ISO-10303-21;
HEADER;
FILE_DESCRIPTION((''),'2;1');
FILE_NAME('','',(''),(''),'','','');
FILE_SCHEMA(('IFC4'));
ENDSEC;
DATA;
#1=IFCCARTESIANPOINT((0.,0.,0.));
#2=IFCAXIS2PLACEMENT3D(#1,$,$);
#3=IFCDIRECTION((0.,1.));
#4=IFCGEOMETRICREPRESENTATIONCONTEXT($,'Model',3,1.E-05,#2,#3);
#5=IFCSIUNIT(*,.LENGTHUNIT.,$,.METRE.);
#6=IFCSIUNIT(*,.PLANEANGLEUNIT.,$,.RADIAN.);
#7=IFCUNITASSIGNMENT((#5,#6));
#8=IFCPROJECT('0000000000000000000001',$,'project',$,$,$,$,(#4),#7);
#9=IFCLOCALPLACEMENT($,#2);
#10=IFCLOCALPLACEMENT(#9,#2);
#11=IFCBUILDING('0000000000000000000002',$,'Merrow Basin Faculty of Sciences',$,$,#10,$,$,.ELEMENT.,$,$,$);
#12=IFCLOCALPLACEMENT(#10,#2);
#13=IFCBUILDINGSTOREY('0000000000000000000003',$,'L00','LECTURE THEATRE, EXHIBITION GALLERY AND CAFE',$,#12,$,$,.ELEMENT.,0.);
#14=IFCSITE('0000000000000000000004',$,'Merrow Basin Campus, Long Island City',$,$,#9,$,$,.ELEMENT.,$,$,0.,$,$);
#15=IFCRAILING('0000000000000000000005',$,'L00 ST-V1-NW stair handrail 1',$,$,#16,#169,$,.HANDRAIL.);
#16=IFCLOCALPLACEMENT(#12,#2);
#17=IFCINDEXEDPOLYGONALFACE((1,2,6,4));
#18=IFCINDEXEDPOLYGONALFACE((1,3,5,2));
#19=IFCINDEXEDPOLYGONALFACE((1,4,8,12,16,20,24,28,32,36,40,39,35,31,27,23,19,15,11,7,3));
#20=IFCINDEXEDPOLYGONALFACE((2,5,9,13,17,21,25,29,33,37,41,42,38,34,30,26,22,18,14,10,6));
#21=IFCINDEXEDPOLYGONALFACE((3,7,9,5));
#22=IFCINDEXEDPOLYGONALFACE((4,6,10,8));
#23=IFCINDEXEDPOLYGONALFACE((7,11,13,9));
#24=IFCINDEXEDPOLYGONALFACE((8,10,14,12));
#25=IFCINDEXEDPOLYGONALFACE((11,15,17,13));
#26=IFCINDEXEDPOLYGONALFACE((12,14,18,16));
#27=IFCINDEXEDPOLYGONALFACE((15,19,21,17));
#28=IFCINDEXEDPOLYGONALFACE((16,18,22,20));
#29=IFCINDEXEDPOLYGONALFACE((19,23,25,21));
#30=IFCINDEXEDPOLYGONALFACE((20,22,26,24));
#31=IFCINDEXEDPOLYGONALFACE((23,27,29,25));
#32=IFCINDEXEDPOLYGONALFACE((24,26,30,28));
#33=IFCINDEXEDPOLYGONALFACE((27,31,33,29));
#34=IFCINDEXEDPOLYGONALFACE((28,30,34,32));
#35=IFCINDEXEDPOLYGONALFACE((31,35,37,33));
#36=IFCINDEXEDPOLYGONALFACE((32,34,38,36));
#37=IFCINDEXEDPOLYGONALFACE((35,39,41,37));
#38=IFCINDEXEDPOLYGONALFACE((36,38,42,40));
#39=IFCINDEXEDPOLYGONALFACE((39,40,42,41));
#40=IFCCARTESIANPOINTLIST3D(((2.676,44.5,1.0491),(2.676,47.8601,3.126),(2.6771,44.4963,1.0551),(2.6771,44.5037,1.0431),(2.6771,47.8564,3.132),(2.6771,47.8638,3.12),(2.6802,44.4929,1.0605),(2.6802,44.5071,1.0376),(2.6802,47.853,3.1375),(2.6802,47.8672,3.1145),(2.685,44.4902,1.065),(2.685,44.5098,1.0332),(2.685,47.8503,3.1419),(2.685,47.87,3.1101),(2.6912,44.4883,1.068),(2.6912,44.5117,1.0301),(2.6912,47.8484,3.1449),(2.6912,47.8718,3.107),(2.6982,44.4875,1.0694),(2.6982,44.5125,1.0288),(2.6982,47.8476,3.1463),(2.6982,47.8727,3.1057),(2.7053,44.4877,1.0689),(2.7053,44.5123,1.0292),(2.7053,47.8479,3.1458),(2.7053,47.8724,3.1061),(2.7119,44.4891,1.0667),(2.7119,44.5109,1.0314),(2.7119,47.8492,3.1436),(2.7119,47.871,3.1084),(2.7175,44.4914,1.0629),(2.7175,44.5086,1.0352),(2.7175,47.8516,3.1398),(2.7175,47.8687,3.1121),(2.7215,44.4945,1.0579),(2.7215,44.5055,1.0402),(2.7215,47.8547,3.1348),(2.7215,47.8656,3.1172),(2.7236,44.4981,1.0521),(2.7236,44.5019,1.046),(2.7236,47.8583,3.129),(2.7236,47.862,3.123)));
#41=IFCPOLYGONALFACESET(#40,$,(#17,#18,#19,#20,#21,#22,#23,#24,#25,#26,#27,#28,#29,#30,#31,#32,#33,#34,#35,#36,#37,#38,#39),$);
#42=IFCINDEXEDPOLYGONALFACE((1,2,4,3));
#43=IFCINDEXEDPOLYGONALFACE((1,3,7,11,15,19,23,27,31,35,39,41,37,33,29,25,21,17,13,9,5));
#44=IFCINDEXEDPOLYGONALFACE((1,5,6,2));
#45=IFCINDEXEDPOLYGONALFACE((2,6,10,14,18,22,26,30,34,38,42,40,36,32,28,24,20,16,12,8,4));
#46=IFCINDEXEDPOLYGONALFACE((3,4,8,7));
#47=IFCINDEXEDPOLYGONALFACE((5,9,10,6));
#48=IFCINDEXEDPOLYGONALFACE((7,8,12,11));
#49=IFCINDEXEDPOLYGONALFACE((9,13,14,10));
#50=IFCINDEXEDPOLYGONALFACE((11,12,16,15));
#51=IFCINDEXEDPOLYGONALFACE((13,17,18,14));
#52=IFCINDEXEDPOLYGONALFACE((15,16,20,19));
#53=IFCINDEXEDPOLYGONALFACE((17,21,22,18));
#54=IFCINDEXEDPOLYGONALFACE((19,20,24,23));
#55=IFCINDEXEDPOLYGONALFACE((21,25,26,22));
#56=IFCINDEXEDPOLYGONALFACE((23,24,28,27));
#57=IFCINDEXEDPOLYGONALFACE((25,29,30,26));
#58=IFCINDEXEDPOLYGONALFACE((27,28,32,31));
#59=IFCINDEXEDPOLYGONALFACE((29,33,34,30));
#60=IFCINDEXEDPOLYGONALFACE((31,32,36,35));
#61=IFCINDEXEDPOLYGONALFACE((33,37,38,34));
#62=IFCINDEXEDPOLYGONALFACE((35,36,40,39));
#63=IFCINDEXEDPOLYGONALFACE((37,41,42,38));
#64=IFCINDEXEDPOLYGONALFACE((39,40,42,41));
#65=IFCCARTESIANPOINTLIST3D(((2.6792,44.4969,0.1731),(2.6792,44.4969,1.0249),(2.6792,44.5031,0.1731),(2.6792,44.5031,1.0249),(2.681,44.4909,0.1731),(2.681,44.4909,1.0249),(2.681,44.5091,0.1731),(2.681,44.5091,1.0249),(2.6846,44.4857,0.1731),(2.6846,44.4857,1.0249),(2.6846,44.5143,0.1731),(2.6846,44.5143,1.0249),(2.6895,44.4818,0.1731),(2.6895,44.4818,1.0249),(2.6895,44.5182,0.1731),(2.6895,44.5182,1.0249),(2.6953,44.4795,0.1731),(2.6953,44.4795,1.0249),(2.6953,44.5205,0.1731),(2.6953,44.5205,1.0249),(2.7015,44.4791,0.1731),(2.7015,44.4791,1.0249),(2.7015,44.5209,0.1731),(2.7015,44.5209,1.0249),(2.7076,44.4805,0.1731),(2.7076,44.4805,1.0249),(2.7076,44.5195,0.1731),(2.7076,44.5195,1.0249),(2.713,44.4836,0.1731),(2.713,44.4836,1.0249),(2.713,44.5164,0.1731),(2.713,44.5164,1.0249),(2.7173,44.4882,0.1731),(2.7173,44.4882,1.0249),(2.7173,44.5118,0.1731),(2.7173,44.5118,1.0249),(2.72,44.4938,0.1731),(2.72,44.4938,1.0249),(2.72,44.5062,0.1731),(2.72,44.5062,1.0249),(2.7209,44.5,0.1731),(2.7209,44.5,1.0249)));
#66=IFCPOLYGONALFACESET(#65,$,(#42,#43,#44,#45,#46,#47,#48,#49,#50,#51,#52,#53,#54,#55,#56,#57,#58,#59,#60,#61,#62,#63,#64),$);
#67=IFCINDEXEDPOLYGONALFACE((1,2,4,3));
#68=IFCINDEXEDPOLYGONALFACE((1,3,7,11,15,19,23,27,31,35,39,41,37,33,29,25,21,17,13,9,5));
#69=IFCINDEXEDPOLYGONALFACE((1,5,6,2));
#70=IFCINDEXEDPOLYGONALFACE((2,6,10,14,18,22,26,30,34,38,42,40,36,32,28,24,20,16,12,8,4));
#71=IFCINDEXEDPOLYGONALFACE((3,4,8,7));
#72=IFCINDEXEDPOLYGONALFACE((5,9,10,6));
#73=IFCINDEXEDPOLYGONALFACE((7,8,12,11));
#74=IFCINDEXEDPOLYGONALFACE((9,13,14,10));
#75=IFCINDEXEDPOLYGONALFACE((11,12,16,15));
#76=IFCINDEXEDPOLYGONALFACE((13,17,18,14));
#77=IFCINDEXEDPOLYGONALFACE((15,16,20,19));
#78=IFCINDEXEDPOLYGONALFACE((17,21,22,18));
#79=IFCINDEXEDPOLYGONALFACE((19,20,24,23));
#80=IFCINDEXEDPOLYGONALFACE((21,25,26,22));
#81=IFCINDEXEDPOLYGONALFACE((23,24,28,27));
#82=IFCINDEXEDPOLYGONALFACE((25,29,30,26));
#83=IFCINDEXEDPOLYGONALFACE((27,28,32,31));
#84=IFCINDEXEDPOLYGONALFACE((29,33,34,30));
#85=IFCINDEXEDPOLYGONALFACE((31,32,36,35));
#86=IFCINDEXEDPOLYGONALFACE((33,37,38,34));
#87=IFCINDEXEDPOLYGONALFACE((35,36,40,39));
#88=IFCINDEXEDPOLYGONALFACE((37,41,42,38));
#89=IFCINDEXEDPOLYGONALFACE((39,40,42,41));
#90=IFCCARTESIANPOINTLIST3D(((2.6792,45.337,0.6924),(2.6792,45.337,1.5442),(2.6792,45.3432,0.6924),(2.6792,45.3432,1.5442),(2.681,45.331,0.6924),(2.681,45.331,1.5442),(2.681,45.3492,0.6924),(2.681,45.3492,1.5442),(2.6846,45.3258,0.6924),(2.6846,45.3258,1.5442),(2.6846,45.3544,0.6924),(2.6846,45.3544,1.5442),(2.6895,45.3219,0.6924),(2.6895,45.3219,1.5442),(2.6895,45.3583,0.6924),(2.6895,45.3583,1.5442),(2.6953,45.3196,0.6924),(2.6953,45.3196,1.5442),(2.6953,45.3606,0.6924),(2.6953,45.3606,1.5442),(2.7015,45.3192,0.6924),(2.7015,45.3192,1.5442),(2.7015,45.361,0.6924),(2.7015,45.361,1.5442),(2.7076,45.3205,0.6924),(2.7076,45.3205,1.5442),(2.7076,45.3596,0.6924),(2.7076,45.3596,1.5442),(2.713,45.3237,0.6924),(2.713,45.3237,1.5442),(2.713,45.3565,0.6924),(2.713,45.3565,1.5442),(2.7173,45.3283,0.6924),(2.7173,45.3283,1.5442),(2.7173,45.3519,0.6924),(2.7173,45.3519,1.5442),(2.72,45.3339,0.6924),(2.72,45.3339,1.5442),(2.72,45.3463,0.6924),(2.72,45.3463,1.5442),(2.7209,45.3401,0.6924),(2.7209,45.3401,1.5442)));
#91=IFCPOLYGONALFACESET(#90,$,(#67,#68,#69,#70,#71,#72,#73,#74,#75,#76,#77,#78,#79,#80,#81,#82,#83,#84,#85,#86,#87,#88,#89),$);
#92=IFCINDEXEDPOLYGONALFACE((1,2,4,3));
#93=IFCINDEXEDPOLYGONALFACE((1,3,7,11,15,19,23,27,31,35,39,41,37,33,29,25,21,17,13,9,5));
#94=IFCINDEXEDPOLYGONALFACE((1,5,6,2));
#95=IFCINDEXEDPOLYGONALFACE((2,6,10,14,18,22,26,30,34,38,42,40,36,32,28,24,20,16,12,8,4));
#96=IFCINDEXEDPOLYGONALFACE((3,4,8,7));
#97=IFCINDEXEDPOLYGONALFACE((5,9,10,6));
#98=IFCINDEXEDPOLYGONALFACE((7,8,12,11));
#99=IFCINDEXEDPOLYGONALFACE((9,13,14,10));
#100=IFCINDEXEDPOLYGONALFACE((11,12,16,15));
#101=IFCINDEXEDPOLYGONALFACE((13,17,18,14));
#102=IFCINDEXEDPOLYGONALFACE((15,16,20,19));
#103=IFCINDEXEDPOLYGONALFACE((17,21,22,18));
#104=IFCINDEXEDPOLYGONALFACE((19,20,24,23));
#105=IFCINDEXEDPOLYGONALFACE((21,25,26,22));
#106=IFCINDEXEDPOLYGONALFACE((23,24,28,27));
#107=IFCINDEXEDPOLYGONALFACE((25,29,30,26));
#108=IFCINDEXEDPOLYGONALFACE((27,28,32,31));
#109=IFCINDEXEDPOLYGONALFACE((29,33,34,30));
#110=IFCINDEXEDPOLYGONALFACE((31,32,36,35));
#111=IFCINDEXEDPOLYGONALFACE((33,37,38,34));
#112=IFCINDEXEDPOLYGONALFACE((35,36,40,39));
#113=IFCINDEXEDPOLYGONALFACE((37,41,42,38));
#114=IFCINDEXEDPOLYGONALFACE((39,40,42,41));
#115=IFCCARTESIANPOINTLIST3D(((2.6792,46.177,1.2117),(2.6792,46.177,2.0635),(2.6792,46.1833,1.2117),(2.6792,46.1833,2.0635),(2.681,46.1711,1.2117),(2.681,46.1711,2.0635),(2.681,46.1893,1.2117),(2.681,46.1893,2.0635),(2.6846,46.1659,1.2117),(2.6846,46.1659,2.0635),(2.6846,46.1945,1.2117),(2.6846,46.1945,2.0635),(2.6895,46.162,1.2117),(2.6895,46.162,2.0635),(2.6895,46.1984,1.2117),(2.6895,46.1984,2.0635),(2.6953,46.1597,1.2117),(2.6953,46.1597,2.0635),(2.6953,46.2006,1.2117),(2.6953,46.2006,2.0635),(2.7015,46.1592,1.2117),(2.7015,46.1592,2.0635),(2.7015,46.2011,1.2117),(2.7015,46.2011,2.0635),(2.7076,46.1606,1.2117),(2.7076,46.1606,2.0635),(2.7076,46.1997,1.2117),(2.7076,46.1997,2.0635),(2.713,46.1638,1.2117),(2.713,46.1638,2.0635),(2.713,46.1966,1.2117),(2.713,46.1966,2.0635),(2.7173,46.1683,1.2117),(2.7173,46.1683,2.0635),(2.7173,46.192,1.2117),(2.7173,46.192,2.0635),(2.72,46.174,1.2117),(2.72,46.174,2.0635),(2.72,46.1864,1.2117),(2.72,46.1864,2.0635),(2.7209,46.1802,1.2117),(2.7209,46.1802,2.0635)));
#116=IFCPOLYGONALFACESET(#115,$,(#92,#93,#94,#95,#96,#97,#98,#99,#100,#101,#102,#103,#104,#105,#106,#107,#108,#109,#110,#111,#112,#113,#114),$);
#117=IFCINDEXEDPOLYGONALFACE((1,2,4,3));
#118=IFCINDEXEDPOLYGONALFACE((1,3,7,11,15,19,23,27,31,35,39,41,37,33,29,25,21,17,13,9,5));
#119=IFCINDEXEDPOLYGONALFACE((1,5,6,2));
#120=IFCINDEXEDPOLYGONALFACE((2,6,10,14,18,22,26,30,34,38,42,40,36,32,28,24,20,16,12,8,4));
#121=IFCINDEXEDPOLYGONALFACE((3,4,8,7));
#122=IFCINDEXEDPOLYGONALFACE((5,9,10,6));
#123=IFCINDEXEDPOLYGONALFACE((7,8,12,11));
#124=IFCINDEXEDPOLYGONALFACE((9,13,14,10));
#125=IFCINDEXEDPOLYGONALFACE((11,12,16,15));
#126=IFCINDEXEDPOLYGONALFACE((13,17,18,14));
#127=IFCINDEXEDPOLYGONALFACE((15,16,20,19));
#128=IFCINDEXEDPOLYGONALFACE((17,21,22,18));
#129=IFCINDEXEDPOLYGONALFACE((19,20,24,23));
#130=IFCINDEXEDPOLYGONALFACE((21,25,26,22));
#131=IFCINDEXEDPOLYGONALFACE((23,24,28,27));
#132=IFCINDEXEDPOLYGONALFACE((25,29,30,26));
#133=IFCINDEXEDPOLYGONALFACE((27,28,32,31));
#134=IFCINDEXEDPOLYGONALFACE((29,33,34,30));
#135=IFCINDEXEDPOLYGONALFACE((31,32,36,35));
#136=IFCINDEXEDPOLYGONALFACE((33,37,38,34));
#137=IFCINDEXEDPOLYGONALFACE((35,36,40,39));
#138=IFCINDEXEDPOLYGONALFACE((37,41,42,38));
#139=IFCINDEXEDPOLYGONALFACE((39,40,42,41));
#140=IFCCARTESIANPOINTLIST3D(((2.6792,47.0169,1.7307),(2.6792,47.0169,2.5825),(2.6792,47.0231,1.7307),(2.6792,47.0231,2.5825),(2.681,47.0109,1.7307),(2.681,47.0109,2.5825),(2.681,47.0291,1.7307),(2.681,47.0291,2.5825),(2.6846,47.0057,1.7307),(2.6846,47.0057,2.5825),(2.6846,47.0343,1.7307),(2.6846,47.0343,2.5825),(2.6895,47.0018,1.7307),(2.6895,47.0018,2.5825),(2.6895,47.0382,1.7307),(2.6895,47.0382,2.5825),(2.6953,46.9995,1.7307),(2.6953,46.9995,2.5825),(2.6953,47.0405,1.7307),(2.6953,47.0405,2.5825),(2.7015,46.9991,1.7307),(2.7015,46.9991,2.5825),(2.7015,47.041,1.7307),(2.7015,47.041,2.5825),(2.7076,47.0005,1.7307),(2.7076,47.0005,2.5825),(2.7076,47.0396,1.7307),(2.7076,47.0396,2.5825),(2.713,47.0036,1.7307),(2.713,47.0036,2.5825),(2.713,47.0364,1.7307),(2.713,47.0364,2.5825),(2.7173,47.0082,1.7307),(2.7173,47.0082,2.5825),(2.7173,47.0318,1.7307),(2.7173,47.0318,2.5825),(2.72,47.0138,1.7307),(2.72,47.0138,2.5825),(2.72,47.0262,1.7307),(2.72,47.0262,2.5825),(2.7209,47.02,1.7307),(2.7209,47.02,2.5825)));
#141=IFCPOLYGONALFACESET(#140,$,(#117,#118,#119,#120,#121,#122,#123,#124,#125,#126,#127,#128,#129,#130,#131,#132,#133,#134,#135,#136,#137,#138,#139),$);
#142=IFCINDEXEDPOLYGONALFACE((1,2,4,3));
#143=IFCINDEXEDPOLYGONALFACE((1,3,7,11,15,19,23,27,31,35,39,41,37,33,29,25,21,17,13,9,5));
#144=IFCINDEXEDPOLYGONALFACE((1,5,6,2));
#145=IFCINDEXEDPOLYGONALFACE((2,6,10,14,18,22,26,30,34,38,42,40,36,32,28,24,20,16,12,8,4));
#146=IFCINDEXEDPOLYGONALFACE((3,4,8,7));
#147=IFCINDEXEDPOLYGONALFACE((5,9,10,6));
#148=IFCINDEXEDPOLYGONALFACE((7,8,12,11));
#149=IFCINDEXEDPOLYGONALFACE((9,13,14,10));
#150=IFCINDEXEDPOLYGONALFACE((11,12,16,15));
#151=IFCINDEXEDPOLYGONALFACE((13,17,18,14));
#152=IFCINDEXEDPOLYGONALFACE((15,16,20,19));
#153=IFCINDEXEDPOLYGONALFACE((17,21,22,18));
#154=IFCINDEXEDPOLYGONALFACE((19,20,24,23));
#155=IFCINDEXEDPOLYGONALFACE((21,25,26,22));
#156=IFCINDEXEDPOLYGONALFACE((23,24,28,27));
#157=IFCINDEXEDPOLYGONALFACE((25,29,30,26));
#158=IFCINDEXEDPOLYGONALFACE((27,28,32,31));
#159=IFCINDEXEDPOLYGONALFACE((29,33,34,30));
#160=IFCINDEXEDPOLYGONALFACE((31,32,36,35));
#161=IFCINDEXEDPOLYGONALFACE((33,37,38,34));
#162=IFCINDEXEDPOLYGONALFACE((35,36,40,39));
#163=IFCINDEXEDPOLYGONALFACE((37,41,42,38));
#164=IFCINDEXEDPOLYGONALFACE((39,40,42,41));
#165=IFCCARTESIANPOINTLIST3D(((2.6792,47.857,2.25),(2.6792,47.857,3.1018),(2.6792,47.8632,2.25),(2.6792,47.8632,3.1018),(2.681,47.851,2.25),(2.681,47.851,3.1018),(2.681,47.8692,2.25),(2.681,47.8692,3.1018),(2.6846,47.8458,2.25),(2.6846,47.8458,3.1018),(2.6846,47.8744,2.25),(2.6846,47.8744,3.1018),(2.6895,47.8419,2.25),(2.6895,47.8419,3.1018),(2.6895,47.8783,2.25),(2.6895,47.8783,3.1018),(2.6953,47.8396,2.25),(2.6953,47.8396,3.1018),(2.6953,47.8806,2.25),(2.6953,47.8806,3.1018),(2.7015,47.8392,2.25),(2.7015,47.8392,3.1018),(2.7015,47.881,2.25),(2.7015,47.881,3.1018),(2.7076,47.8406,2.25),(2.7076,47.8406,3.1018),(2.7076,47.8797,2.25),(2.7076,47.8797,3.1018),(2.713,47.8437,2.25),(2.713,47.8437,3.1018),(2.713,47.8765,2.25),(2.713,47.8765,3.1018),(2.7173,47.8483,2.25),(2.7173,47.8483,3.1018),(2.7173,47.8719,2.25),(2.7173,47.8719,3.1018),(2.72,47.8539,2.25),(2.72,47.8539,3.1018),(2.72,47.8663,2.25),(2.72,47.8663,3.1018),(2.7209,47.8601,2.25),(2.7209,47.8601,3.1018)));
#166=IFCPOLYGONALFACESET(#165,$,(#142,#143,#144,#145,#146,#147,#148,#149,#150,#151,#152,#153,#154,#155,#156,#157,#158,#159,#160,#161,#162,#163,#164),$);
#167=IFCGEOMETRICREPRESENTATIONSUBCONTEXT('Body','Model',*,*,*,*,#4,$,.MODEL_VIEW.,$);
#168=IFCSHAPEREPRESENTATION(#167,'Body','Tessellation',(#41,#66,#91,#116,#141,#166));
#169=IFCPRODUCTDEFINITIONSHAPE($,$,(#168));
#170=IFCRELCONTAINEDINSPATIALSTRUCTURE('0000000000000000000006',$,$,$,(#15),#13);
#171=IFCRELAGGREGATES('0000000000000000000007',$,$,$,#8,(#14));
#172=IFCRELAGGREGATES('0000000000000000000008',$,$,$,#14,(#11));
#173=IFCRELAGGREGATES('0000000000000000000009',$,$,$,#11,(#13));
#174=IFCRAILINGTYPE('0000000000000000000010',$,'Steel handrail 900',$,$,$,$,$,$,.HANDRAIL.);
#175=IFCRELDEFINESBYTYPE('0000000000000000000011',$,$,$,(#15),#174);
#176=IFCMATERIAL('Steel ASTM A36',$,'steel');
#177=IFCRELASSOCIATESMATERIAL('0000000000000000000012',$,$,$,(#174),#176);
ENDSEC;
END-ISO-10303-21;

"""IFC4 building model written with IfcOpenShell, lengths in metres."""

from ifc_helpers import new_model, si_unit, direction, frame, origin, origin_2d, place, context, subcontext, project, spatial, circle, extrude, material, type_object, element, save


model = new_model("IFC4")

# Units and contexts
model_context = context("Model", 3, precision=1e-05, world=origin(), true_north=direction((0.0, 1.0)))
body_context = subcontext(model_context, "Body", "Model", "MODEL_VIEW")
ifc_project = project(units=[si_unit("LENGTHUNIT", "METRE"), si_unit("PLANEANGLEUNIT", "RADIAN")], contexts=[model_context])

# Site, building, storey
site_placement = place(None, origin())
site = spatial("IfcSite", under=ifc_project, at=site_placement, Name="Merrow Basin Campus, Long Island City", CompositionType="ELEMENT", RefElevation=0.0)
building_placement = place(site_placement, origin())
building = spatial("IfcBuilding", under=site, at=building_placement, Name="Merrow Basin Faculty of Sciences", CompositionType="ELEMENT")
storey_placement = place(building_placement, origin())
storey = spatial("IfcBuildingStorey", under=building, at=storey_placement, Name="L00", Description="LECTURE THEATRE, EXHIBITION GALLERY AND CAFE", CompositionType="ELEMENT", Elevation=0.0)

# Railing
ifc_material_1 = material(Name="Steel ASTM A36", Category="steel")
railing_type_1 = type_object("IfcRailingType", Name="Steel handrail 900", PredefinedType="HANDRAIL", material=ifc_material_1)
railing_1_placement = place(storey_placement, frame((2.7, 44.5, 0.1731)))
element("IfcRailing", 1, at=railing_1_placement, inside=storey, type_object=railing_type_1, Name="L00 ST-V1-NW stair handrail 1", PredefinedType="HANDRAIL", context=body_context, shape_type="SweptSolid", body=[
    extrude(circle(Radius=0.0239, at=origin_2d()), frame((0.0, 0.0, 0.876), z_axis=(0.0, 0.850623, 0.525776), x_axis=(-1.0, 0.0, 0.0)), (0.0, 0.0, 1.0), 3.9502),
    extrude(circle(Radius=0.021, at=origin_2d()), origin(), (0.0, 0.0, 1.0), 0.8518),
    extrude(circle(Radius=0.021, at=origin_2d()), frame((0.0, 0.8401, 0.5193)), (0.0, 0.0, 1.0), 0.8518),
    extrude(circle(Radius=0.021, at=origin_2d()), frame((0.0, 1.6802, 1.0386)), (0.0, 0.0, 1.0), 0.8518),
    extrude(circle(Radius=0.021, at=origin_2d()), frame((0.0, 2.52, 1.5576)), (0.0, 0.0, 1.0), 0.8518),
    extrude(circle(Radius=0.021, at=origin_2d()), frame((0.0, 3.3601, 2.0769)), (0.0, 0.0, 1.0), 0.8518),
])

save(model, "model.ifc")
